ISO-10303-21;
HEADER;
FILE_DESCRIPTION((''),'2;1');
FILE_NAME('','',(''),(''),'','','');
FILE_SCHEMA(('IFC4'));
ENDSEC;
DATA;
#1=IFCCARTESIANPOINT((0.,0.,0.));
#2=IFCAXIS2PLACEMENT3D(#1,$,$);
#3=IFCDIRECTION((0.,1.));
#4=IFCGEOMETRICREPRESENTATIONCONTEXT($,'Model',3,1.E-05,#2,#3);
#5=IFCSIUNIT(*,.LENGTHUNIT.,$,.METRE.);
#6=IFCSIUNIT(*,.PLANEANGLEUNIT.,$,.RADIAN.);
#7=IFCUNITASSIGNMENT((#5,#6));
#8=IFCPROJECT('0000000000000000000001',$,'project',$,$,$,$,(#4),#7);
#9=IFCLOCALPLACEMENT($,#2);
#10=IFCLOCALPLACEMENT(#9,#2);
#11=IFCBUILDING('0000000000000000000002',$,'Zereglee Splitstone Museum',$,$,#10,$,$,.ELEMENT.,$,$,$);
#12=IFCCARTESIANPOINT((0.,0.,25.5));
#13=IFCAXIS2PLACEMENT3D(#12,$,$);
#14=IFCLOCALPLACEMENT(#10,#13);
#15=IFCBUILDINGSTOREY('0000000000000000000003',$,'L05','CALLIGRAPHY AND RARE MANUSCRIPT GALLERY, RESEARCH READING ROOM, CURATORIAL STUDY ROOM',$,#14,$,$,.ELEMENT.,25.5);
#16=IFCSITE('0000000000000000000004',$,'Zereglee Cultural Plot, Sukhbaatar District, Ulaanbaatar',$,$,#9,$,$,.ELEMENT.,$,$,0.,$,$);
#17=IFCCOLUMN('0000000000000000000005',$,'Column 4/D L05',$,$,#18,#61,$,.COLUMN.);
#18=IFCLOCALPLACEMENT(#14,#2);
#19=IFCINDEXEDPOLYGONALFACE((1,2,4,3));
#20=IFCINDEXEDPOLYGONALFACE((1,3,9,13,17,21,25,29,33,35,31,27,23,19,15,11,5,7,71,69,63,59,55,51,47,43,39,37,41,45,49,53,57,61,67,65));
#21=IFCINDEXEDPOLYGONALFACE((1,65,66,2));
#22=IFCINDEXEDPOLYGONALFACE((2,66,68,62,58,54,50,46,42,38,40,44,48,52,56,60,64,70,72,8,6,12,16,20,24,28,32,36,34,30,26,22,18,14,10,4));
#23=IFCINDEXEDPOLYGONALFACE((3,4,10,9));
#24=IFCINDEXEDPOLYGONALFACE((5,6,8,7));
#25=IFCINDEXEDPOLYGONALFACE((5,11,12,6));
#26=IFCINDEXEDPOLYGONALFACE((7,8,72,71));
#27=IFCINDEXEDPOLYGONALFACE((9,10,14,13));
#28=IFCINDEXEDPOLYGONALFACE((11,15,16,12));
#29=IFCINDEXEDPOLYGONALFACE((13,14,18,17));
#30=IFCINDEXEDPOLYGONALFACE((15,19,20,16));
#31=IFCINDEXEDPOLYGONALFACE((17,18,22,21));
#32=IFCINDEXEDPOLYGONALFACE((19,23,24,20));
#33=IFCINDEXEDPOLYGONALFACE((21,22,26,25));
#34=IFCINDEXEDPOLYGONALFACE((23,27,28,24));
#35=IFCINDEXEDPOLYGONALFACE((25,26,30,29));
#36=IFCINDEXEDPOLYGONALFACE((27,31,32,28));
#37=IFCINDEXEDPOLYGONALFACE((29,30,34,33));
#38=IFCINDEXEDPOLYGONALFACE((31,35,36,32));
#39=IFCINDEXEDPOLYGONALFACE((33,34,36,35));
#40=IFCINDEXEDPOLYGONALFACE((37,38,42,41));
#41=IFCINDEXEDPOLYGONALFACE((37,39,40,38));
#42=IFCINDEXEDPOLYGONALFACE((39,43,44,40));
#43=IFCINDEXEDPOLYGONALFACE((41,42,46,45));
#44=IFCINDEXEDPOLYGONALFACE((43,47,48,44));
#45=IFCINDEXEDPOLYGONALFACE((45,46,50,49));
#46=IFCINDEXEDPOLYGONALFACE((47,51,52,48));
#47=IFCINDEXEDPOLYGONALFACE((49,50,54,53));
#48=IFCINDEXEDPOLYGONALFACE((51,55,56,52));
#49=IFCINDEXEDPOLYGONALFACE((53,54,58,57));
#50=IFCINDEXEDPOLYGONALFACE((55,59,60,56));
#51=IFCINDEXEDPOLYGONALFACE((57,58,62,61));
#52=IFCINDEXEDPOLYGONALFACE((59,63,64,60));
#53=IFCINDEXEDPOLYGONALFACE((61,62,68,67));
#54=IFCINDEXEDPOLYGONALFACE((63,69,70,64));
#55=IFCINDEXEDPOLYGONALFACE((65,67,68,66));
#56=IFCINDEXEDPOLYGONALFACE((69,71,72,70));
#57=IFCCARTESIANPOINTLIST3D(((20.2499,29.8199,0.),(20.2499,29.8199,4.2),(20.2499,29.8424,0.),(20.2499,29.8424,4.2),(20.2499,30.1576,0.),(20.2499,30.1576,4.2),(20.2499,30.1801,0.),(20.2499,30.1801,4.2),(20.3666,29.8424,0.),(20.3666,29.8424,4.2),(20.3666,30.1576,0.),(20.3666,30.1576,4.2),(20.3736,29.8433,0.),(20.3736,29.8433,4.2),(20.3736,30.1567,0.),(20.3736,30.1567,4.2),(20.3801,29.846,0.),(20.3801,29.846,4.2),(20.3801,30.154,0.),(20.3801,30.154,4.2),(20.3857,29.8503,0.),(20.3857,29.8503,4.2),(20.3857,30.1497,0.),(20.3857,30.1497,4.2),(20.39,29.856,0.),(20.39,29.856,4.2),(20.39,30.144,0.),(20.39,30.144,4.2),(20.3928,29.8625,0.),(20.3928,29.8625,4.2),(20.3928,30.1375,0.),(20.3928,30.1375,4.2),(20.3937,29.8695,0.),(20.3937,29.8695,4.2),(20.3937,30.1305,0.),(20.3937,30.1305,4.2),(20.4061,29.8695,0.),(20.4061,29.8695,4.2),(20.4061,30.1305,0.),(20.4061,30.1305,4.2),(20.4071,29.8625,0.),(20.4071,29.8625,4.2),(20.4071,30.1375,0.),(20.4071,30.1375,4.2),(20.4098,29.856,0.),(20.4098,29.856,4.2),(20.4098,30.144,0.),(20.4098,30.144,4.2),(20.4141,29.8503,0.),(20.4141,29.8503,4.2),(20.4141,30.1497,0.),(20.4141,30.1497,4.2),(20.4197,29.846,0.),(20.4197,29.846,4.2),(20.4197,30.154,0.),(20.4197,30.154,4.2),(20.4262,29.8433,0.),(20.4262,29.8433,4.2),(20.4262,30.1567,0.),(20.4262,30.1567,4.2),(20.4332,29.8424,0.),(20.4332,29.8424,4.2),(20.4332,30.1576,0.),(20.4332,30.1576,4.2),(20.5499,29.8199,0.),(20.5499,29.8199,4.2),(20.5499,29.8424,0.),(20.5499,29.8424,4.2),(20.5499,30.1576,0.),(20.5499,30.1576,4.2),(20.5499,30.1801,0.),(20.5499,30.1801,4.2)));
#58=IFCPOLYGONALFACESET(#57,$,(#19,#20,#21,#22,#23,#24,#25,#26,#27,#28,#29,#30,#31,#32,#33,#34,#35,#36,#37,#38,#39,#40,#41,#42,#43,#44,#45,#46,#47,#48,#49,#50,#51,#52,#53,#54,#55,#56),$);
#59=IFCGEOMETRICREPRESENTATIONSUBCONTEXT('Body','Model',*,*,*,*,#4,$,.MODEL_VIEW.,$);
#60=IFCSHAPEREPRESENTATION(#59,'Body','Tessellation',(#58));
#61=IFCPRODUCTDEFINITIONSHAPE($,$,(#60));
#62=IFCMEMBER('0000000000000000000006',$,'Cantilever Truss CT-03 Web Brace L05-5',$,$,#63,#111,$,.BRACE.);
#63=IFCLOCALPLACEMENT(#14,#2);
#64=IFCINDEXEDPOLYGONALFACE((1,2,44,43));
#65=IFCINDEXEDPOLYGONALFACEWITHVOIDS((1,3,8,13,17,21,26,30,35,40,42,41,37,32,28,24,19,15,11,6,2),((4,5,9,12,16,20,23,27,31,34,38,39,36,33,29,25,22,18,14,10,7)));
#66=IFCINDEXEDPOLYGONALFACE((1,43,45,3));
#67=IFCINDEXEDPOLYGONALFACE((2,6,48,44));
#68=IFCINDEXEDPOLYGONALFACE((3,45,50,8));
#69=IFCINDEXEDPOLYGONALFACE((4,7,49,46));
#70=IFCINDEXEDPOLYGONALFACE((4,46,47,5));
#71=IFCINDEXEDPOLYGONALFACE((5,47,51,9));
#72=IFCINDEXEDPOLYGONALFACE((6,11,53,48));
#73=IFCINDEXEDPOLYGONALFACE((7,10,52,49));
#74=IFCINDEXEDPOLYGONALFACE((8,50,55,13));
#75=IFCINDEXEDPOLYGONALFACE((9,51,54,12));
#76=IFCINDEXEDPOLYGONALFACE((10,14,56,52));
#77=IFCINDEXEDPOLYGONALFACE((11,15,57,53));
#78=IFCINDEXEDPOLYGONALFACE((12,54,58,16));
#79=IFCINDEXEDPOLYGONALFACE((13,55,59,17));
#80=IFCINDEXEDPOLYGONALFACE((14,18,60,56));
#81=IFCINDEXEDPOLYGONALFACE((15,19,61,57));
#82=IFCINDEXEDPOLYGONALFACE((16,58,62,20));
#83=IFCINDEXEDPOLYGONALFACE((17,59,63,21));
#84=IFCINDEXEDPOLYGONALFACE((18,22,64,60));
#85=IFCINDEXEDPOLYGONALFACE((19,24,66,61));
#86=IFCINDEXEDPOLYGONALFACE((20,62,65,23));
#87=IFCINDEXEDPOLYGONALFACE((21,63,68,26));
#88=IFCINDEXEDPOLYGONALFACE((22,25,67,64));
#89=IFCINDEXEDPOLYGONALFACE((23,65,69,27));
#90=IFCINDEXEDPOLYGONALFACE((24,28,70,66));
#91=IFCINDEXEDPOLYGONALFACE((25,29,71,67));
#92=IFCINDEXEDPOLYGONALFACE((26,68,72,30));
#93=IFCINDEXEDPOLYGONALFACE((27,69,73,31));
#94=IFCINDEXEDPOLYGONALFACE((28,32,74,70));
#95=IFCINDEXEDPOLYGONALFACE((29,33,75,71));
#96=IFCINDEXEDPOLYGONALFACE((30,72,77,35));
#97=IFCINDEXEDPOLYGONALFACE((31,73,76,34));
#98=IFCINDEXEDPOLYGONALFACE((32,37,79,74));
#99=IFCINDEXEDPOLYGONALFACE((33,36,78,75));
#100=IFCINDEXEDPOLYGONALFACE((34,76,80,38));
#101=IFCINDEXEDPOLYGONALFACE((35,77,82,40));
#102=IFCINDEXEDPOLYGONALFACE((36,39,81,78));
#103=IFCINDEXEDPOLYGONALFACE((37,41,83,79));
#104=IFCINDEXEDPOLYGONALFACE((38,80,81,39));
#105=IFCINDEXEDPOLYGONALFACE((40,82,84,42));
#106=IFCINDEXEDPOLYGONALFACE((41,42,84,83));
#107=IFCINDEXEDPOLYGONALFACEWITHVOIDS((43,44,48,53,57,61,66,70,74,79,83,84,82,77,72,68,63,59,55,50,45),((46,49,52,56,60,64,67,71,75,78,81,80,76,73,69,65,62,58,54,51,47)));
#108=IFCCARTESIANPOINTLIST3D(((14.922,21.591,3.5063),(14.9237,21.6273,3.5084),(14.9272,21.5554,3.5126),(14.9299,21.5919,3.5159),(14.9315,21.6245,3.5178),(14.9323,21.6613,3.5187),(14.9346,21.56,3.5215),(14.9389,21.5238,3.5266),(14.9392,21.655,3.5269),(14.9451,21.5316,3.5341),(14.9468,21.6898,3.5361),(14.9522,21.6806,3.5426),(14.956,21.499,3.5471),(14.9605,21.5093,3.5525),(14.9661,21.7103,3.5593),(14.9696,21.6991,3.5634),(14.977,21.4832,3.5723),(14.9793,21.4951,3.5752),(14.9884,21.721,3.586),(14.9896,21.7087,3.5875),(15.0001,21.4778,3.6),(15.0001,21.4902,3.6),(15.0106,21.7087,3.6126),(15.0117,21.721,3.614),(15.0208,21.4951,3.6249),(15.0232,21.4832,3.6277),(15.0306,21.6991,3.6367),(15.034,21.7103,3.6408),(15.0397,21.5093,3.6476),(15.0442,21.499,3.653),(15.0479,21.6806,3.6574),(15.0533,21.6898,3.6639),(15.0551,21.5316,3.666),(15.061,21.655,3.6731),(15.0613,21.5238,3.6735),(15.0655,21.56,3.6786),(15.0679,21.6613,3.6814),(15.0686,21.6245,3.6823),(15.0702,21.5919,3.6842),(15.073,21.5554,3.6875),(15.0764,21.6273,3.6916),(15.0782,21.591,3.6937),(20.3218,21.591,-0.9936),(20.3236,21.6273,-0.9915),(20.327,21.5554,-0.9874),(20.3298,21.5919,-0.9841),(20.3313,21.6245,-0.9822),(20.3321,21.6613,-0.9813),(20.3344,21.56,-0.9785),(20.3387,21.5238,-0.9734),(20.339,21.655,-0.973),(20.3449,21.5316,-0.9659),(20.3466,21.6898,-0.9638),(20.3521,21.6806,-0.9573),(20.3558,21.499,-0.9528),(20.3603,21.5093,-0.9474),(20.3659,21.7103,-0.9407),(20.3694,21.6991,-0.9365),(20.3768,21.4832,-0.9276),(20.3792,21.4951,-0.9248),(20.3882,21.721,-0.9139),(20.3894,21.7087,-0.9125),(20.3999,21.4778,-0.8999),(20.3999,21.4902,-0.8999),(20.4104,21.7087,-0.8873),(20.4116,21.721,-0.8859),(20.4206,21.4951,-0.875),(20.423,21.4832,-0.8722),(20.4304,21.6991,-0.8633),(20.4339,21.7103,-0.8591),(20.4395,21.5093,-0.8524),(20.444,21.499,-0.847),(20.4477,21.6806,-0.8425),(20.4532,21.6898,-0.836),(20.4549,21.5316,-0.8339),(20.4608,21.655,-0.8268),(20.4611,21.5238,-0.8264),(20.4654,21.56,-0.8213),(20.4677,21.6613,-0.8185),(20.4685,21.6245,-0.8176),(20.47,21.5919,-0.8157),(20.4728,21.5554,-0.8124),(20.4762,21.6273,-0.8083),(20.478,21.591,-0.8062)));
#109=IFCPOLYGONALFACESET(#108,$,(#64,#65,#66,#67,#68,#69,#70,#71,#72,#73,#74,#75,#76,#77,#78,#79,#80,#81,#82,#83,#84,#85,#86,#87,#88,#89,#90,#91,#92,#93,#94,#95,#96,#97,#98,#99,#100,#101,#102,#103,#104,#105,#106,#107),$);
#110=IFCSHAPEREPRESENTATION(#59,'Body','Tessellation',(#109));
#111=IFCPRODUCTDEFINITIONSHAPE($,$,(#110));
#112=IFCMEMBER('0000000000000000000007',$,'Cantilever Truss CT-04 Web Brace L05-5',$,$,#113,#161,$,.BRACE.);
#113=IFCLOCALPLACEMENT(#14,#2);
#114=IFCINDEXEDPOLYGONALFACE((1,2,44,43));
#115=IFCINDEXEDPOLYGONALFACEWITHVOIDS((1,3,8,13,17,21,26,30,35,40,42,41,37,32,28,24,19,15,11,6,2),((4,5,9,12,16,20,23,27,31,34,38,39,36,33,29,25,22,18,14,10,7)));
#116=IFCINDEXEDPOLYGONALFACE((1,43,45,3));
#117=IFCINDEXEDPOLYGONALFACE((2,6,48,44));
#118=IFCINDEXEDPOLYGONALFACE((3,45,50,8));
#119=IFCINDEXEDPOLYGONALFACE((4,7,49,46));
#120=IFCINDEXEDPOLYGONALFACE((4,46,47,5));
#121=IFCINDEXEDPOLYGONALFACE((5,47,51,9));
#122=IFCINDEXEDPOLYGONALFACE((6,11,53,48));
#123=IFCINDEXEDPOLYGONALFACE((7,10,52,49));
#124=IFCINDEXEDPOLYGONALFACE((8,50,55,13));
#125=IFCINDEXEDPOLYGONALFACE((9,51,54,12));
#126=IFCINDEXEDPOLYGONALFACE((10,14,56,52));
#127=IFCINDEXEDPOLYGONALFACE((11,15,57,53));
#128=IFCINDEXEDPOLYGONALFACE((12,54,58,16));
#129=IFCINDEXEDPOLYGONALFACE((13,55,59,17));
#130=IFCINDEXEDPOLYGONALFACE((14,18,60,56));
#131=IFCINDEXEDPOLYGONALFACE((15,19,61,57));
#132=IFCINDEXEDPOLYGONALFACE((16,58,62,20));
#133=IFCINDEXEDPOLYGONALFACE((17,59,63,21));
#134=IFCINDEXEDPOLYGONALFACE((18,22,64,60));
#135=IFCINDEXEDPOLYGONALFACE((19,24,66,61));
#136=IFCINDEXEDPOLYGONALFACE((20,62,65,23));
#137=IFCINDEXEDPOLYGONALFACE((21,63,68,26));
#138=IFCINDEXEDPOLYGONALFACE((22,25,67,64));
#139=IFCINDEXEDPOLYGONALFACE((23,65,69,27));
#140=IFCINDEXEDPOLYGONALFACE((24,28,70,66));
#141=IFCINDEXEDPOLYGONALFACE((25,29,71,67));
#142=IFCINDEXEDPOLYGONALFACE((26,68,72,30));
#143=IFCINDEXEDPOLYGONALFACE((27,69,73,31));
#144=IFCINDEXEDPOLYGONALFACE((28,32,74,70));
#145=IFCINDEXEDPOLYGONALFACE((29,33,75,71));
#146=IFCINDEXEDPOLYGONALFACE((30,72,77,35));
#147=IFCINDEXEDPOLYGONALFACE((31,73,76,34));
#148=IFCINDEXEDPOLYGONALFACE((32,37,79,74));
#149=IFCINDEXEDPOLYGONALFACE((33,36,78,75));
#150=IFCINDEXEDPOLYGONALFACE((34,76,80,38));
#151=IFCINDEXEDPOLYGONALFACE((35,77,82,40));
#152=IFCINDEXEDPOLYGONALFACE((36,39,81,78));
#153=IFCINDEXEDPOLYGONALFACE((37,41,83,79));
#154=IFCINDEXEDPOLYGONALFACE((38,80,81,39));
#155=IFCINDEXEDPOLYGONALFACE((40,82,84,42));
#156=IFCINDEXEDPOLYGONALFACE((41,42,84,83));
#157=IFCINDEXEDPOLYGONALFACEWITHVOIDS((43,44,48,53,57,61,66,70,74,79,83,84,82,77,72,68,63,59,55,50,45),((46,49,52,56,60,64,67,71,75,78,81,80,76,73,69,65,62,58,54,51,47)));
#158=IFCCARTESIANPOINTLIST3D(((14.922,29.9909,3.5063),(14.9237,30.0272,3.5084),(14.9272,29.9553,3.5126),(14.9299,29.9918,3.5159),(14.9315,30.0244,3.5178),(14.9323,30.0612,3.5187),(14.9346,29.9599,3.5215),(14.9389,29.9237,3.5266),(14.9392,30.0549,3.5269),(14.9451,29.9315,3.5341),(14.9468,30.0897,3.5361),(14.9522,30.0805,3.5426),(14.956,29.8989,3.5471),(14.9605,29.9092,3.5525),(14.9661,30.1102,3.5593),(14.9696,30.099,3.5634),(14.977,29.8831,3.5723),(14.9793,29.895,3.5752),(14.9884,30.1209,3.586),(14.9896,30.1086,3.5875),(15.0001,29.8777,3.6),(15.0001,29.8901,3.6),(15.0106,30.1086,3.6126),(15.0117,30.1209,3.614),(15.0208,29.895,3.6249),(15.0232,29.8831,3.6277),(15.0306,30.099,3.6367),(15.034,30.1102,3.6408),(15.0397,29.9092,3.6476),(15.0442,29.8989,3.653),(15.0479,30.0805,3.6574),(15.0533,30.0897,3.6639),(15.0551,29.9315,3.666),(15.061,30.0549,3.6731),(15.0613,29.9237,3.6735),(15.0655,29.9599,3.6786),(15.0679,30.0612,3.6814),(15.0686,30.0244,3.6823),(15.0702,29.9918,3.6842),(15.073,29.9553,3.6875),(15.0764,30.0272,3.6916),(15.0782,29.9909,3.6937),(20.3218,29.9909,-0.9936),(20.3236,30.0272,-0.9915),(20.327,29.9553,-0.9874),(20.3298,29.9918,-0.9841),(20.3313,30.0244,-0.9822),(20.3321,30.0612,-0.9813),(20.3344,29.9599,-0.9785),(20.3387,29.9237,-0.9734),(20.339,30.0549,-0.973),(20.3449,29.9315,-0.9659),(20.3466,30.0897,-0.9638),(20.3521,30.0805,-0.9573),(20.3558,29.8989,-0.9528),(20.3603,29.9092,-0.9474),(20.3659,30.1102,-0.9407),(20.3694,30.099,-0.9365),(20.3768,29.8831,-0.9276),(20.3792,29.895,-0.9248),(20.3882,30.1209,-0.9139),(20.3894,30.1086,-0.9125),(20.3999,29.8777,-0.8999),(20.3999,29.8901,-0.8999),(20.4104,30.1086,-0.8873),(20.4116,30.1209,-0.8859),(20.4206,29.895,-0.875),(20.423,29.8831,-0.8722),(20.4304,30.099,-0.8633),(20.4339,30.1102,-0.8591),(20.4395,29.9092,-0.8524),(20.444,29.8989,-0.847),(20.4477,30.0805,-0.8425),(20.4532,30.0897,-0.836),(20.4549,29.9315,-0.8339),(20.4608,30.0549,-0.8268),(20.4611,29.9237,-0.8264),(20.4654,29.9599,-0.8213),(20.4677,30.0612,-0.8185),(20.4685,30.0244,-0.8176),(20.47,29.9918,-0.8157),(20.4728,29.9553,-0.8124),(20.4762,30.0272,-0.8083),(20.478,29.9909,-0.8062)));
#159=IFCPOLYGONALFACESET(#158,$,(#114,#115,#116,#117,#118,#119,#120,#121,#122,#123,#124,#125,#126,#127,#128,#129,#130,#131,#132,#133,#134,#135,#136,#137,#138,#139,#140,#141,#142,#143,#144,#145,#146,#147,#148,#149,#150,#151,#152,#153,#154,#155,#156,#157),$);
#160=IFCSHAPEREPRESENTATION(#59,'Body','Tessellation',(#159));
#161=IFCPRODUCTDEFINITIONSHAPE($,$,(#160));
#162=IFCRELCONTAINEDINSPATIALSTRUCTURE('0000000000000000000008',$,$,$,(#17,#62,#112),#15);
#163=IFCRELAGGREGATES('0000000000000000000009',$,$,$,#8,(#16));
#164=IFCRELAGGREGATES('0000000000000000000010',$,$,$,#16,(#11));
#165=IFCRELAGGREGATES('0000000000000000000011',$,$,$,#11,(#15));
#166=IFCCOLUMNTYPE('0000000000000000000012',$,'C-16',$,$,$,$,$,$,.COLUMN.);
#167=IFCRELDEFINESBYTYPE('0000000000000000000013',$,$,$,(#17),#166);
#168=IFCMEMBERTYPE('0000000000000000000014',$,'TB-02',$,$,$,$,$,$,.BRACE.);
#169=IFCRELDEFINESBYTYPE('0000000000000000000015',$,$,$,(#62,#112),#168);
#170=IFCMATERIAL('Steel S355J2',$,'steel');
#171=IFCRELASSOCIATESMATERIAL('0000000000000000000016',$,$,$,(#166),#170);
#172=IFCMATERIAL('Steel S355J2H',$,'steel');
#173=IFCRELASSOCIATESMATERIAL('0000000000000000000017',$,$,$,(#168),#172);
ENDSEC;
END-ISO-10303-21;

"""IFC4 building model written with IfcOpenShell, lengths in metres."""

from ifc_helpers import new_model, si_unit, direction, frame, origin, origin_2d, place, context, subcontext, project, spatial, hollow_circle, i_section, extrude, material, material_profile, profile_set, type_object, element, save


model = new_model("IFC4")

# Units and contexts
model_context = context("Model", 3, precision=1e-05, world=origin(), true_north=direction((0.0, 1.0)))
body_context = subcontext(model_context, "Body", "Model", "MODEL_VIEW")
ifc_project = project(units=[si_unit("LENGTHUNIT", "METRE"), si_unit("PLANEANGLEUNIT", "RADIAN")], contexts=[model_context])

# Site, building, storey
site_placement = place(None, origin())
site = spatial("IfcSite", under=ifc_project, at=site_placement, Name="Zereglee Cultural Plot, Sukhbaatar District, Ulaanbaatar", CompositionType="ELEMENT", RefElevation=0.0)
building_placement = place(site_placement, origin())
building = spatial("IfcBuilding", under=site, at=building_placement, Name="Zereglee Splitstone Museum", CompositionType="ELEMENT")
storey_placement = place(building_placement, frame((0.0, 0.0, 25.5)))
storey = spatial("IfcBuildingStorey", under=building, at=storey_placement, Name="L05", Description="CALLIGRAPHY AND RARE MANUSCRIPT GALLERY, RESEARCH READING ROOM, CURATORIAL STUDY ROOM", CompositionType="ELEMENT", Elevation=25.5)

# Column
ifc_material_1 = material(Name="Steel S355J2", Category="steel")
ifc_material_profile_1 = material_profile(ifc_material_1, i_section(OverallWidth=0.3, OverallDepth=0.3601, WebThickness=0.0125, FlangeThickness=0.0225, FilletRadius=0.0271, at=origin_2d()), Name="HE 360 B")
ifc_profile_set_1 = profile_set([ifc_material_profile_1], Name="Steel S355J2")
column_type = type_object("IfcColumnType", Name="C-16", PredefinedType="COLUMN", material=ifc_profile_set_1)
column_placement = place(storey_placement, frame((20.3999, 30.0, 0.0), z_axis=(0.0, 0.0, 1.0), x_axis=(1.0, 0.0, 0.0)))
element("IfcColumn", 1, at=column_placement, inside=storey, type_object=column_type, Name="Column 4/D L05", PredefinedType="COLUMN", context=body_context, shape_type="SweptSolid", body=[
    extrude(i_section(OverallWidth=0.3, OverallDepth=0.3601, WebThickness=0.0125, FlangeThickness=0.0225, FilletRadius=0.0271, at=origin_2d()), origin(), (0.0, 0.0, 1.0), 4.2),
])

# Members
ifc_material_2 = material(Name="Steel S355J2H", Category="steel")
ifc_material_profile_2 = material_profile(ifc_material_2, hollow_circle(Radius=0.1223, WallThickness=0.0125, at=origin_2d()), Name="CHS 244.5x12.5")
ifc_profile_set_2 = profile_set([ifc_material_profile_2], Name="Steel S355J2H")
member_type_1 = type_object("IfcMemberType", Name="TB-02", PredefinedType="BRACE", material=ifc_profile_set_2)
for number, where, z_axis, x_axis, name in (
    (2, (20.3999, 21.6001, -0.8999), (-0.768216, 0.0, 0.640191), (0.0, -1.0, 0.0), "Cantilever Truss CT-03 Web Brace L05-5"),
    (3, (20.3999, 30.0, -0.8999), (-0.768216, 0.0, 0.640191), (0.0, -1.0, 0.0), "Cantilever Truss CT-04 Web Brace L05-5"),
):
    element("IfcMember", number, at=place(storey_placement, frame(where, z_axis=z_axis, x_axis=x_axis)), inside=storey, type_object=member_type_1, Name=name, PredefinedType="BRACE", context=body_context, shape_type="SweptSolid", body=[
        extrude(hollow_circle(Radius=0.1223, WallThickness=0.0125, at=origin_2d()), origin(), (0.0, 0.0, 1.0), 7.0291),
    ])

save(model, "model.ifc")
